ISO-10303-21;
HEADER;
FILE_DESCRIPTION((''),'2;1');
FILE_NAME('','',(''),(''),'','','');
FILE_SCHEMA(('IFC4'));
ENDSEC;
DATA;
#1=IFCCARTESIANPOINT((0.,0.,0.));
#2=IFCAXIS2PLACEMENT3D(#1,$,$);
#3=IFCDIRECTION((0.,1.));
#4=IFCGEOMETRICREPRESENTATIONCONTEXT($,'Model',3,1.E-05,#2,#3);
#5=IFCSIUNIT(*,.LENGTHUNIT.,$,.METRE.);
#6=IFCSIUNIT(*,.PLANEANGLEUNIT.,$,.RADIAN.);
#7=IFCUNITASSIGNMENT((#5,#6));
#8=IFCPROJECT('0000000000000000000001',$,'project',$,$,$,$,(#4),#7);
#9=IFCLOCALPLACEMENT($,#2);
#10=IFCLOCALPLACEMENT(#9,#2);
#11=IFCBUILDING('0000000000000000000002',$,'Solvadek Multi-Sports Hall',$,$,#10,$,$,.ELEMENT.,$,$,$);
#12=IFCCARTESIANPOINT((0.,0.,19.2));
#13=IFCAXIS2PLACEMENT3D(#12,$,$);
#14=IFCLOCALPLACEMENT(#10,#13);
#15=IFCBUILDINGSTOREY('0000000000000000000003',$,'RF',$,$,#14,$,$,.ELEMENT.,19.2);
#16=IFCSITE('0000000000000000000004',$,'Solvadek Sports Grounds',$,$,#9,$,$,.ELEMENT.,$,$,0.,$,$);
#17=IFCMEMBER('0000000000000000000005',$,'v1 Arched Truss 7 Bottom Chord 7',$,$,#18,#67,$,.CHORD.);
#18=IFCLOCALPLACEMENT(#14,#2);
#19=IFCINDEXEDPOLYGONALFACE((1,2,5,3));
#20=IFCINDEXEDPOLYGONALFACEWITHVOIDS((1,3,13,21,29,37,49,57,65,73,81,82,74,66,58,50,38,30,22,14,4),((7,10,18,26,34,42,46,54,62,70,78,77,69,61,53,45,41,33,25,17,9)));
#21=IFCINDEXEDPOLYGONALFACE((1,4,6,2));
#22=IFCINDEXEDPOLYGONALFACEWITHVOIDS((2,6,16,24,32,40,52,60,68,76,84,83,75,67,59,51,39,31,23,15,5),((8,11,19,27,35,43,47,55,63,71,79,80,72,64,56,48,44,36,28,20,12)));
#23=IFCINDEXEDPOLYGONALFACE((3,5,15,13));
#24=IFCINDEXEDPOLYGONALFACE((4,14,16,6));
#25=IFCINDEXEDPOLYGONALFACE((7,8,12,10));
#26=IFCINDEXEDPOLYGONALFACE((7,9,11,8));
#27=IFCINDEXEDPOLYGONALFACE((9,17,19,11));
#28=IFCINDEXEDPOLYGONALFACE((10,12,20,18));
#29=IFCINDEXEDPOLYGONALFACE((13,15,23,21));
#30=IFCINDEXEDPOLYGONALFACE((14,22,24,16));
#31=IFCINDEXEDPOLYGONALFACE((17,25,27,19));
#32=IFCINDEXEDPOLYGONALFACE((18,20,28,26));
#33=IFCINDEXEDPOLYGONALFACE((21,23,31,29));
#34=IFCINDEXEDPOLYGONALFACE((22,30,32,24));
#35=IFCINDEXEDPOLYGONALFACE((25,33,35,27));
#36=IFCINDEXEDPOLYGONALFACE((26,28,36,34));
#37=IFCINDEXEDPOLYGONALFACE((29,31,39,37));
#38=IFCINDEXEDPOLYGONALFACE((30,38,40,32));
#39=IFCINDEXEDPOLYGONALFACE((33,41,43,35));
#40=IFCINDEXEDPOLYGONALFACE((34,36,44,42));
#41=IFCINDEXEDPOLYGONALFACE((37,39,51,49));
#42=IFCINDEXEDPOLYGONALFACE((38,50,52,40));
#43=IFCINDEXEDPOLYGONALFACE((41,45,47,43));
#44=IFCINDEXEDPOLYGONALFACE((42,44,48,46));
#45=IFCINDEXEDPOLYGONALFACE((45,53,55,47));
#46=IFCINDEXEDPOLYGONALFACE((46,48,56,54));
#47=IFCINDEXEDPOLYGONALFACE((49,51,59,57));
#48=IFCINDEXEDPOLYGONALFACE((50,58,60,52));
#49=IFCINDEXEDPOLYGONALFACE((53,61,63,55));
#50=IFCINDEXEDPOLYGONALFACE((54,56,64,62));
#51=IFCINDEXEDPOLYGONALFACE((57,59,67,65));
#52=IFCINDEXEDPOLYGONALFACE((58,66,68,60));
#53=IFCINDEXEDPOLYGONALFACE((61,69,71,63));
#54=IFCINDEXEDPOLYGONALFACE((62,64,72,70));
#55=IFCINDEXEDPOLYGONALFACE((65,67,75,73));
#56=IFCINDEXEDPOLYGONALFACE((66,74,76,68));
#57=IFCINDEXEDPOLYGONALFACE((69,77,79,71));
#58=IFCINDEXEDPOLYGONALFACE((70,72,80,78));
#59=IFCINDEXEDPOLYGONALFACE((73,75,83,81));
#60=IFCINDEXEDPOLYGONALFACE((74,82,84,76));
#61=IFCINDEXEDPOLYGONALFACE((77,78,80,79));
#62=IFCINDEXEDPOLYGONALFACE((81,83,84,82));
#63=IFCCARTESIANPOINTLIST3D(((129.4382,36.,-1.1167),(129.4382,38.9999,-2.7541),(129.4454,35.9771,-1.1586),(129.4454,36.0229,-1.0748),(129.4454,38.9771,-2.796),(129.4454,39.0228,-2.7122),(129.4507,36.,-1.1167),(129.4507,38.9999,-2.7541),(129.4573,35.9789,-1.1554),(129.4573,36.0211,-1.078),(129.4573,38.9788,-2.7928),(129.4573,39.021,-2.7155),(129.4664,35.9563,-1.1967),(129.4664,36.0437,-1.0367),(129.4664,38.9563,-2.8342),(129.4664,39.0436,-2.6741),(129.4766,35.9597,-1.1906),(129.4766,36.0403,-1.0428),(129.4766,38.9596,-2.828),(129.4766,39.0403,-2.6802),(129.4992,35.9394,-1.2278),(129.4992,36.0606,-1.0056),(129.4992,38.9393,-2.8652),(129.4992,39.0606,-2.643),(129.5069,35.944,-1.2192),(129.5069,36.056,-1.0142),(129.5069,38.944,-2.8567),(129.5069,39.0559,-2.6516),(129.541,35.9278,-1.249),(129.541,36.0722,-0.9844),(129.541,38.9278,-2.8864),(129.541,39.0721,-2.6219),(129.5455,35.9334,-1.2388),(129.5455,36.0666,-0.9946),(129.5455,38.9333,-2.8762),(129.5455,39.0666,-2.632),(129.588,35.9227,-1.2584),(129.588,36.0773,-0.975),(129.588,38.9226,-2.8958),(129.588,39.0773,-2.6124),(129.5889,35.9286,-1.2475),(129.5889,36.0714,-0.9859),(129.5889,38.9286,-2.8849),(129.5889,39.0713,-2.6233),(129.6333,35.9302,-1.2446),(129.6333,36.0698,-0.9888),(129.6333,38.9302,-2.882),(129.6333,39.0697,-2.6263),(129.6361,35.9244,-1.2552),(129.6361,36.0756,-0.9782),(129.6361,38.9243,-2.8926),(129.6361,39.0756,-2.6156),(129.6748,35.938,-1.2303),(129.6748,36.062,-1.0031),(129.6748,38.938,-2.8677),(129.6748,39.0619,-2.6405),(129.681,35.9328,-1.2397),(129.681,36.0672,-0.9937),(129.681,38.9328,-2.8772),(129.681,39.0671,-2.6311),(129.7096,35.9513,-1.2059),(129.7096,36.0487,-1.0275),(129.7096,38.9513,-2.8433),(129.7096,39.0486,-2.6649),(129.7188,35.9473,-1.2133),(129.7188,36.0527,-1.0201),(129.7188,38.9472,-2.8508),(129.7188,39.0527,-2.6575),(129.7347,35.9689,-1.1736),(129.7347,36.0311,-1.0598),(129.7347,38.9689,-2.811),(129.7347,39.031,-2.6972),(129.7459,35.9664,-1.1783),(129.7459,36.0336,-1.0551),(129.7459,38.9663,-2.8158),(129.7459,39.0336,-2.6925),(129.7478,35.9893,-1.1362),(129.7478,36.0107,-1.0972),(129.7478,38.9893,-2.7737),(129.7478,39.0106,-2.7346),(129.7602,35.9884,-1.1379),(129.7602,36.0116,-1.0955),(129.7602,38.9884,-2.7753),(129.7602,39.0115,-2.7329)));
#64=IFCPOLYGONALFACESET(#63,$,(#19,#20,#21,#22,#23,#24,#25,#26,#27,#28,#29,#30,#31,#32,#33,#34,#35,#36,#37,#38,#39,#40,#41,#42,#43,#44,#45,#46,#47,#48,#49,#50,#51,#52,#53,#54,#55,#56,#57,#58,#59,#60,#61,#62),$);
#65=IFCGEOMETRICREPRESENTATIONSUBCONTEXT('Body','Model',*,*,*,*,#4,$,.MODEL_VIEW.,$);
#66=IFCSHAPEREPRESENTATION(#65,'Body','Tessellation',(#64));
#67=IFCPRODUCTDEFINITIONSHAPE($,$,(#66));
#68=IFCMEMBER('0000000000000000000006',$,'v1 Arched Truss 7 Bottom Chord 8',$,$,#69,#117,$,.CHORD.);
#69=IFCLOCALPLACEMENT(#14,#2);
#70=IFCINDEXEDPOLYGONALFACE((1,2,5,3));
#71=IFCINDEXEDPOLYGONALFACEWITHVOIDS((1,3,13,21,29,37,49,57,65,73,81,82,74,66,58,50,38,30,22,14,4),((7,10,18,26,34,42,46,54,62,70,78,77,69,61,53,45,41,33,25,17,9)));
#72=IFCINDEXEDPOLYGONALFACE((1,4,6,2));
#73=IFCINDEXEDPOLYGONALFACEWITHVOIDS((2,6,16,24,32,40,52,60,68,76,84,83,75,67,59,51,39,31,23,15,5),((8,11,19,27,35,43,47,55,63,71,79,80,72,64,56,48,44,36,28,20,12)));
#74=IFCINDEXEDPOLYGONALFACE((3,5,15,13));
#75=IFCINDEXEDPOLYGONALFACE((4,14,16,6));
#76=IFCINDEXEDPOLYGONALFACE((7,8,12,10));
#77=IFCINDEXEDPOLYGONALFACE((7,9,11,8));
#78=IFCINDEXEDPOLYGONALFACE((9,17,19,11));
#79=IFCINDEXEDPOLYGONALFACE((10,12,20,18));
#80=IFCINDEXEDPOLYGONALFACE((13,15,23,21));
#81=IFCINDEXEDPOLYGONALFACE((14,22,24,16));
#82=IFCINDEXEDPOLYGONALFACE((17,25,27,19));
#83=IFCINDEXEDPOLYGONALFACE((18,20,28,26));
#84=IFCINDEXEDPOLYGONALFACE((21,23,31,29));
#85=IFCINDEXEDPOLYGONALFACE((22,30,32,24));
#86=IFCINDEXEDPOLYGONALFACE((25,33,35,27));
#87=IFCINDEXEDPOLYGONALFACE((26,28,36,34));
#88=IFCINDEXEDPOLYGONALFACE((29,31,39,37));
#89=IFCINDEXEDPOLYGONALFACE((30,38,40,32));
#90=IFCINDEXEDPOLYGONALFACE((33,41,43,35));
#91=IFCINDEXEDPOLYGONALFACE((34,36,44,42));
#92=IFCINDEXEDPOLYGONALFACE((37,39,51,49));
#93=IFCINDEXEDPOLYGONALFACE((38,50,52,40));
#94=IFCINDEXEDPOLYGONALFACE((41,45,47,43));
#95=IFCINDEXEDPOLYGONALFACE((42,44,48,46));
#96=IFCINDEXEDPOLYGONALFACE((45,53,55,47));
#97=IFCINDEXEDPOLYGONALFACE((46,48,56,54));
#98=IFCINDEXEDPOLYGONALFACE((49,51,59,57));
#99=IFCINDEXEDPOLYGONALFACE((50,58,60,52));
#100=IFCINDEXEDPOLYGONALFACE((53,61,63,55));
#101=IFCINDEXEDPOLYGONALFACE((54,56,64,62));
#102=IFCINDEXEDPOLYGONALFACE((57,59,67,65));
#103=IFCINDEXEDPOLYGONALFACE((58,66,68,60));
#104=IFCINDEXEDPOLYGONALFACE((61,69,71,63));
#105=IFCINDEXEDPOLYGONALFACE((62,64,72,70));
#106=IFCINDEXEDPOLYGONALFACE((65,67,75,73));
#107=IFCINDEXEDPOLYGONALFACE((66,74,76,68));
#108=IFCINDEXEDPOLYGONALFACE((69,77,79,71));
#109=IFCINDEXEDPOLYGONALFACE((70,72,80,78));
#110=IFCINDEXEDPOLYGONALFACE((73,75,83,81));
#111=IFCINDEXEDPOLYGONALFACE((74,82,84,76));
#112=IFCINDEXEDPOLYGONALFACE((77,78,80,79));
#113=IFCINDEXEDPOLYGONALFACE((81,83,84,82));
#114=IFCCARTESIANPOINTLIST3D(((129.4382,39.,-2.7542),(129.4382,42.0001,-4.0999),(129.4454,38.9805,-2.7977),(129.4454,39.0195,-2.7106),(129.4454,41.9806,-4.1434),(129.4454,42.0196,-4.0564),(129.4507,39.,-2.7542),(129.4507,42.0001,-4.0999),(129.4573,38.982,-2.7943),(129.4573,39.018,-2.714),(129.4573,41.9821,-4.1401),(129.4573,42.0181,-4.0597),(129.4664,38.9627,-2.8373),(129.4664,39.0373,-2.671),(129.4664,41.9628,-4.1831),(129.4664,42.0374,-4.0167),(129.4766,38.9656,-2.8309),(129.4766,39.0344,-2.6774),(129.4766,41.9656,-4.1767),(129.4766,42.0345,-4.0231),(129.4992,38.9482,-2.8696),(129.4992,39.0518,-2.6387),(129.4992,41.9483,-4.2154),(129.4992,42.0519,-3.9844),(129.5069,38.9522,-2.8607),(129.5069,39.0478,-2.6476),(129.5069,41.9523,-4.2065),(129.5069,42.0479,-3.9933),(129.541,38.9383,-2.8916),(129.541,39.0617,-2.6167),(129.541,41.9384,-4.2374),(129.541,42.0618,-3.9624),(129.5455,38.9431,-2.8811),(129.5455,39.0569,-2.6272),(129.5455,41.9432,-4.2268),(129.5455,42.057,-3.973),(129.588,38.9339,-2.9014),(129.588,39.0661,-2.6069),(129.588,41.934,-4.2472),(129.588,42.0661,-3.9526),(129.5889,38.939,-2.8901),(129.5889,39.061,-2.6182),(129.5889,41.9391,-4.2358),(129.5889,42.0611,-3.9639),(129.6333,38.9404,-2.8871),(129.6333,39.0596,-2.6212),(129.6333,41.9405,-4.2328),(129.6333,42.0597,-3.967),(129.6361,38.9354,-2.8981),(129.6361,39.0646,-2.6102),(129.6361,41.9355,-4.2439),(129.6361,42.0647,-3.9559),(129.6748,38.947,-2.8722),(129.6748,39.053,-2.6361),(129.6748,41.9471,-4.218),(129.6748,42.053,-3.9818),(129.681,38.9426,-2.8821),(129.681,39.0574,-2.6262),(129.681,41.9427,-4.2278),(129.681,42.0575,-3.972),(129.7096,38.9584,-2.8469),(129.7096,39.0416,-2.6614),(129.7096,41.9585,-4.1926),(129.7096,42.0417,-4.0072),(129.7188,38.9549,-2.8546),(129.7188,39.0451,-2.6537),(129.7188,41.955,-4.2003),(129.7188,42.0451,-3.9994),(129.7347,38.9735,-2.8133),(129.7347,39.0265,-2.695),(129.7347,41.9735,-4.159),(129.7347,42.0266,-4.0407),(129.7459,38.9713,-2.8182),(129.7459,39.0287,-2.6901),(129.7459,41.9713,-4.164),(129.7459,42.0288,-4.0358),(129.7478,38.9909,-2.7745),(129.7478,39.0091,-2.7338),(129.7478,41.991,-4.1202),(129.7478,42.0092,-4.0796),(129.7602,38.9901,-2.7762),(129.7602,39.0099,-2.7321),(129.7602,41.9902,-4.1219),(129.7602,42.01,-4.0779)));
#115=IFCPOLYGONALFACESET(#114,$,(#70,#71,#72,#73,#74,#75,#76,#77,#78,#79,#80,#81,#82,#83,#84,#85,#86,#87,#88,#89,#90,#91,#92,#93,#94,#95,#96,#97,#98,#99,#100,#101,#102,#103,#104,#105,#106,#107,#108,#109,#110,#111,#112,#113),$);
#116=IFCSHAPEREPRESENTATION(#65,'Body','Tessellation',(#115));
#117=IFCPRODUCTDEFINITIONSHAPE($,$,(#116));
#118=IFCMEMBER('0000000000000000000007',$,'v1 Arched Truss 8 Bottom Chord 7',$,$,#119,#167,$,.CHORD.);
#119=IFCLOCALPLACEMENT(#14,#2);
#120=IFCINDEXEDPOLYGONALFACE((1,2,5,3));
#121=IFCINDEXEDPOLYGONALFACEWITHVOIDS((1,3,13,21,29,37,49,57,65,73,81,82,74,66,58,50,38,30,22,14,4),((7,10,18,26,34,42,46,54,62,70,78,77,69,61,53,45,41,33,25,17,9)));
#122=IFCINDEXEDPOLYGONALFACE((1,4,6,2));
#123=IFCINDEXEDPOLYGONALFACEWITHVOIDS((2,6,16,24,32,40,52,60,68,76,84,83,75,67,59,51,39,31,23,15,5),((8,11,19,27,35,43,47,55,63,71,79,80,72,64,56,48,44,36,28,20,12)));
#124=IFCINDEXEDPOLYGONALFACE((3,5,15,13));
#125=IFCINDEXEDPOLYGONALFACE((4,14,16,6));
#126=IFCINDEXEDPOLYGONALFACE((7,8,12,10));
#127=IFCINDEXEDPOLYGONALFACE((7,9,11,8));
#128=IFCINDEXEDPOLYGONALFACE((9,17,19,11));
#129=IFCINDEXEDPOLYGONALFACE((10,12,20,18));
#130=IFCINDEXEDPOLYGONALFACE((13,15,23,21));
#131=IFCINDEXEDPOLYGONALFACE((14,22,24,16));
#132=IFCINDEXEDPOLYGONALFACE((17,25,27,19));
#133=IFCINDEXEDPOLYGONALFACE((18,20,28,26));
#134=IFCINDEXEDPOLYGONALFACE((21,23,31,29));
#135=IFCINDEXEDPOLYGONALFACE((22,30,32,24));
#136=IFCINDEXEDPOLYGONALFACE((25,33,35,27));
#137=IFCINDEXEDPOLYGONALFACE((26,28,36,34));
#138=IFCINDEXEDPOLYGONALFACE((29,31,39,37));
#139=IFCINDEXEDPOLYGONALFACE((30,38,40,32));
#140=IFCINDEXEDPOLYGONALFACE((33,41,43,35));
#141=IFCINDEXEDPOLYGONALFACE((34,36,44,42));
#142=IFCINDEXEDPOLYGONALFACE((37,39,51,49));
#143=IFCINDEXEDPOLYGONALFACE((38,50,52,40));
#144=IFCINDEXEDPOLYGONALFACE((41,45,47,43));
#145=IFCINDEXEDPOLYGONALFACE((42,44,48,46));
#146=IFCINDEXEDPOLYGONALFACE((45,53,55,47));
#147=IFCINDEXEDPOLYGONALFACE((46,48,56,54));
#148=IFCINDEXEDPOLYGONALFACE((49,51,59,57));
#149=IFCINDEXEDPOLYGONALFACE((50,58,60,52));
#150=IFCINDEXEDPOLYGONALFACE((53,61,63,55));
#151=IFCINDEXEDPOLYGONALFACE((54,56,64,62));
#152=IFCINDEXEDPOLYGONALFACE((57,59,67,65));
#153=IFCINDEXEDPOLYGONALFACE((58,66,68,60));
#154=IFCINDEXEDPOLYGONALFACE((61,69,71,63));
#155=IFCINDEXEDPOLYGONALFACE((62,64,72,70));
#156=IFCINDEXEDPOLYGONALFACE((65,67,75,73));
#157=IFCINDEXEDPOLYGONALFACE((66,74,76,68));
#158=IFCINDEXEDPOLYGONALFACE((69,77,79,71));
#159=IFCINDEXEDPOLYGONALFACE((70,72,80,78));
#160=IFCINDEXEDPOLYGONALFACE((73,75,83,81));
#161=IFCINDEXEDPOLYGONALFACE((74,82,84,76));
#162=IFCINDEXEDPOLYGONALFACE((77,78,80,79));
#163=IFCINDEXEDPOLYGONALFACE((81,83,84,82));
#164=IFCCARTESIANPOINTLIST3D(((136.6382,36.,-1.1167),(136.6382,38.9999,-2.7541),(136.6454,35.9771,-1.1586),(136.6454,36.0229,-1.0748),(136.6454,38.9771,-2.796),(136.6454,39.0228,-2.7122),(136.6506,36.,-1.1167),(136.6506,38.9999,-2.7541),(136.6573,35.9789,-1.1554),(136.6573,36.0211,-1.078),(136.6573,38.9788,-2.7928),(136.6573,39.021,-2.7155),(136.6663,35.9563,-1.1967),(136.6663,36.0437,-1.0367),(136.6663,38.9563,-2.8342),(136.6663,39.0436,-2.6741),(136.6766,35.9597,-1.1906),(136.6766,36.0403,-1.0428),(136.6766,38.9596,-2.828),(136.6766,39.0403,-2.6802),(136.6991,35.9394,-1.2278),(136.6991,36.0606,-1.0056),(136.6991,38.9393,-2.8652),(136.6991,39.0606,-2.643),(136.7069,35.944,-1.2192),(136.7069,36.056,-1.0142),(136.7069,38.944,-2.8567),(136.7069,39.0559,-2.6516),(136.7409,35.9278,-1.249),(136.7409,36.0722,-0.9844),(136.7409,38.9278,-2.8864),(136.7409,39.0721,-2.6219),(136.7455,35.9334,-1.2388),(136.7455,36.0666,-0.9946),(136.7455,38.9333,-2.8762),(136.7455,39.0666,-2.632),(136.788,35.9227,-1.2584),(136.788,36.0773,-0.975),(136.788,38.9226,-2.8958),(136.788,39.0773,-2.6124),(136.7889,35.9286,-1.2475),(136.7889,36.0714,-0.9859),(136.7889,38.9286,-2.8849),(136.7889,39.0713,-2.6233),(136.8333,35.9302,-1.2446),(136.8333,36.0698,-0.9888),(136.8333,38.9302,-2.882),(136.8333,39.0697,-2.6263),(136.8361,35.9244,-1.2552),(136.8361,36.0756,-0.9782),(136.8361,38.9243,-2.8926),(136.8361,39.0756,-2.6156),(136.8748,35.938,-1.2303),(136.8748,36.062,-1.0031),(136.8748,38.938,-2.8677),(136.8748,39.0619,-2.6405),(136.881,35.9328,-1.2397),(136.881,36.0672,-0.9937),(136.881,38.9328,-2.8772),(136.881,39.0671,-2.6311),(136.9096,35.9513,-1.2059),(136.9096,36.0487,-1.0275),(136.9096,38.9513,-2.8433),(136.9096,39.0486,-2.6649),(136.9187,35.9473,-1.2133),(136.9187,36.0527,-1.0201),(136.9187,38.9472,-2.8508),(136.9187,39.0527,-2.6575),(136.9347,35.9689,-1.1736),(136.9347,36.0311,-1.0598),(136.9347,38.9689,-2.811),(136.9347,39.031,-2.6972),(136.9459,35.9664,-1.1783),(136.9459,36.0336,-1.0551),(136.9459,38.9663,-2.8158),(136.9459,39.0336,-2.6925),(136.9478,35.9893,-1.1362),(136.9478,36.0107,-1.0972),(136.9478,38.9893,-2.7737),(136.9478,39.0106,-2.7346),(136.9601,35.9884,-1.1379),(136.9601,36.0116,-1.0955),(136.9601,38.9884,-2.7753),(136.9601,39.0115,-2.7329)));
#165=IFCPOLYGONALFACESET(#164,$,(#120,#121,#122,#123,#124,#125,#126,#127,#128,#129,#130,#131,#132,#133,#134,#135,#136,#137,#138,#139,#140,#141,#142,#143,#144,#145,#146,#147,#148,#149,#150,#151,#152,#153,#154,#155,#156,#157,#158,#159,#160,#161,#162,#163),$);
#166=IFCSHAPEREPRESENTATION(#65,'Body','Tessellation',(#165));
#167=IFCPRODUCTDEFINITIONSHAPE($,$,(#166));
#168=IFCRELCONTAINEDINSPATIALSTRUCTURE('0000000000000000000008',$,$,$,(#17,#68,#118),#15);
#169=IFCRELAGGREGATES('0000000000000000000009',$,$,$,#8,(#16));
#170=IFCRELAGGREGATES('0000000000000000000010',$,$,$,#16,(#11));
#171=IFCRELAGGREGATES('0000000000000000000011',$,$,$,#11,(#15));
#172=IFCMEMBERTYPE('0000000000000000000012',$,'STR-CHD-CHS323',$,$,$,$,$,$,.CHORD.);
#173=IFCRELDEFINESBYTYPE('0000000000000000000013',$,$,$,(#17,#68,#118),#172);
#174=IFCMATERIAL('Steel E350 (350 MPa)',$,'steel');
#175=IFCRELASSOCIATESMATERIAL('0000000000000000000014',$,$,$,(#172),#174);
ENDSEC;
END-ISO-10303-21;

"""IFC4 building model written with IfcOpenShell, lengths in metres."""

from ifc_helpers import new_model, si_unit, direction, frame, origin, origin_2d, place, context, subcontext, project, spatial, hollow_circle, extrude, material, material_profile, profile_set, type_object, element, save


model = new_model("IFC4")

# Units and contexts
model_context = context("Model", 3, precision=1e-05, world=origin(), true_north=direction((0.0, 1.0)))
body_context = subcontext(model_context, "Body", "Model", "MODEL_VIEW")
ifc_project = project(units=[si_unit("LENGTHUNIT", "METRE"), si_unit("PLANEANGLEUNIT", "RADIAN")], contexts=[model_context])

# Site, building, storey
site_placement = place(None, origin())
site = spatial("IfcSite", under=ifc_project, at=site_placement, Name="Solvadek Sports Grounds", CompositionType="ELEMENT", RefElevation=0.0)
building_placement = place(site_placement, origin())
building = spatial("IfcBuilding", under=site, at=building_placement, Name="Solvadek Multi-Sports Hall", CompositionType="ELEMENT")
storey_placement = place(building_placement, frame((0.0, 0.0, 19.2)))
storey = spatial("IfcBuildingStorey", under=building, at=storey_placement, Name="RF", CompositionType="ELEMENT", Elevation=19.2)

# Members
ifc_material_1 = material(Name="Steel E350 (350 MPa)", Category="steel")
ifc_material_profile_1 = material_profile(ifc_material_1, hollow_circle(Radius=0.1619, WallThickness=0.0125, at=origin_2d()), Name="CHS 323.9x12.5")
ifc_profile_set_1 = profile_set([ifc_material_profile_1], Name="Steel E350 (350 MPa)")
member_type_1 = type_object("IfcMemberType", Name="STR-CHD-CHS323", PredefinedType="CHORD", material=ifc_profile_set_1)
member_1_placement = place(storey_placement, frame((129.6001, 36.0, -1.1167), z_axis=(0.0, 0.877762, -0.479097), x_axis=(-1.0, 0.0, 0.0)))
element("IfcMember", 1, at=member_1_placement, inside=storey, type_object=member_type_1, Name="v1 Arched Truss 7 Bottom Chord 7", PredefinedType="CHORD", context=body_context, shape_type="SweptSolid", body=[
    extrude(hollow_circle(Radius=0.1619, WallThickness=0.0125, at=origin_2d()), origin(), (0.0, 0.0, 1.0), 3.4177),
])
member_2_placement = place(storey_placement, frame((129.6001, 39.0, -2.7542), z_axis=(0.0, 0.91241, -0.409278), x_axis=(-1.0, 0.0, 0.0)))
element("IfcMember", 2, at=member_2_placement, inside=storey, type_object=member_type_1, Name="v1 Arched Truss 7 Bottom Chord 8", PredefinedType="CHORD", context=body_context, shape_type="SweptSolid", body=[
    extrude(hollow_circle(Radius=0.1619, WallThickness=0.0125, at=origin_2d()), origin(), (0.0, 0.0, 1.0), 3.2881),
])
member_3_placement = place(storey_placement, frame((136.8, 36.0, -1.1167), z_axis=(0.0, 0.877762, -0.479097), x_axis=(-1.0, 0.0, 0.0)))
element("IfcMember", 3, at=member_3_placement, inside=storey, type_object=member_type_1, Name="v1 Arched Truss 8 Bottom Chord 7", PredefinedType="CHORD", context=body_context, shape_type="SweptSolid", body=[
    extrude(hollow_circle(Radius=0.1619, WallThickness=0.0125, at=origin_2d()), origin(), (0.0, 0.0, 1.0), 3.4177),
])

save(model, "model.ifc")
